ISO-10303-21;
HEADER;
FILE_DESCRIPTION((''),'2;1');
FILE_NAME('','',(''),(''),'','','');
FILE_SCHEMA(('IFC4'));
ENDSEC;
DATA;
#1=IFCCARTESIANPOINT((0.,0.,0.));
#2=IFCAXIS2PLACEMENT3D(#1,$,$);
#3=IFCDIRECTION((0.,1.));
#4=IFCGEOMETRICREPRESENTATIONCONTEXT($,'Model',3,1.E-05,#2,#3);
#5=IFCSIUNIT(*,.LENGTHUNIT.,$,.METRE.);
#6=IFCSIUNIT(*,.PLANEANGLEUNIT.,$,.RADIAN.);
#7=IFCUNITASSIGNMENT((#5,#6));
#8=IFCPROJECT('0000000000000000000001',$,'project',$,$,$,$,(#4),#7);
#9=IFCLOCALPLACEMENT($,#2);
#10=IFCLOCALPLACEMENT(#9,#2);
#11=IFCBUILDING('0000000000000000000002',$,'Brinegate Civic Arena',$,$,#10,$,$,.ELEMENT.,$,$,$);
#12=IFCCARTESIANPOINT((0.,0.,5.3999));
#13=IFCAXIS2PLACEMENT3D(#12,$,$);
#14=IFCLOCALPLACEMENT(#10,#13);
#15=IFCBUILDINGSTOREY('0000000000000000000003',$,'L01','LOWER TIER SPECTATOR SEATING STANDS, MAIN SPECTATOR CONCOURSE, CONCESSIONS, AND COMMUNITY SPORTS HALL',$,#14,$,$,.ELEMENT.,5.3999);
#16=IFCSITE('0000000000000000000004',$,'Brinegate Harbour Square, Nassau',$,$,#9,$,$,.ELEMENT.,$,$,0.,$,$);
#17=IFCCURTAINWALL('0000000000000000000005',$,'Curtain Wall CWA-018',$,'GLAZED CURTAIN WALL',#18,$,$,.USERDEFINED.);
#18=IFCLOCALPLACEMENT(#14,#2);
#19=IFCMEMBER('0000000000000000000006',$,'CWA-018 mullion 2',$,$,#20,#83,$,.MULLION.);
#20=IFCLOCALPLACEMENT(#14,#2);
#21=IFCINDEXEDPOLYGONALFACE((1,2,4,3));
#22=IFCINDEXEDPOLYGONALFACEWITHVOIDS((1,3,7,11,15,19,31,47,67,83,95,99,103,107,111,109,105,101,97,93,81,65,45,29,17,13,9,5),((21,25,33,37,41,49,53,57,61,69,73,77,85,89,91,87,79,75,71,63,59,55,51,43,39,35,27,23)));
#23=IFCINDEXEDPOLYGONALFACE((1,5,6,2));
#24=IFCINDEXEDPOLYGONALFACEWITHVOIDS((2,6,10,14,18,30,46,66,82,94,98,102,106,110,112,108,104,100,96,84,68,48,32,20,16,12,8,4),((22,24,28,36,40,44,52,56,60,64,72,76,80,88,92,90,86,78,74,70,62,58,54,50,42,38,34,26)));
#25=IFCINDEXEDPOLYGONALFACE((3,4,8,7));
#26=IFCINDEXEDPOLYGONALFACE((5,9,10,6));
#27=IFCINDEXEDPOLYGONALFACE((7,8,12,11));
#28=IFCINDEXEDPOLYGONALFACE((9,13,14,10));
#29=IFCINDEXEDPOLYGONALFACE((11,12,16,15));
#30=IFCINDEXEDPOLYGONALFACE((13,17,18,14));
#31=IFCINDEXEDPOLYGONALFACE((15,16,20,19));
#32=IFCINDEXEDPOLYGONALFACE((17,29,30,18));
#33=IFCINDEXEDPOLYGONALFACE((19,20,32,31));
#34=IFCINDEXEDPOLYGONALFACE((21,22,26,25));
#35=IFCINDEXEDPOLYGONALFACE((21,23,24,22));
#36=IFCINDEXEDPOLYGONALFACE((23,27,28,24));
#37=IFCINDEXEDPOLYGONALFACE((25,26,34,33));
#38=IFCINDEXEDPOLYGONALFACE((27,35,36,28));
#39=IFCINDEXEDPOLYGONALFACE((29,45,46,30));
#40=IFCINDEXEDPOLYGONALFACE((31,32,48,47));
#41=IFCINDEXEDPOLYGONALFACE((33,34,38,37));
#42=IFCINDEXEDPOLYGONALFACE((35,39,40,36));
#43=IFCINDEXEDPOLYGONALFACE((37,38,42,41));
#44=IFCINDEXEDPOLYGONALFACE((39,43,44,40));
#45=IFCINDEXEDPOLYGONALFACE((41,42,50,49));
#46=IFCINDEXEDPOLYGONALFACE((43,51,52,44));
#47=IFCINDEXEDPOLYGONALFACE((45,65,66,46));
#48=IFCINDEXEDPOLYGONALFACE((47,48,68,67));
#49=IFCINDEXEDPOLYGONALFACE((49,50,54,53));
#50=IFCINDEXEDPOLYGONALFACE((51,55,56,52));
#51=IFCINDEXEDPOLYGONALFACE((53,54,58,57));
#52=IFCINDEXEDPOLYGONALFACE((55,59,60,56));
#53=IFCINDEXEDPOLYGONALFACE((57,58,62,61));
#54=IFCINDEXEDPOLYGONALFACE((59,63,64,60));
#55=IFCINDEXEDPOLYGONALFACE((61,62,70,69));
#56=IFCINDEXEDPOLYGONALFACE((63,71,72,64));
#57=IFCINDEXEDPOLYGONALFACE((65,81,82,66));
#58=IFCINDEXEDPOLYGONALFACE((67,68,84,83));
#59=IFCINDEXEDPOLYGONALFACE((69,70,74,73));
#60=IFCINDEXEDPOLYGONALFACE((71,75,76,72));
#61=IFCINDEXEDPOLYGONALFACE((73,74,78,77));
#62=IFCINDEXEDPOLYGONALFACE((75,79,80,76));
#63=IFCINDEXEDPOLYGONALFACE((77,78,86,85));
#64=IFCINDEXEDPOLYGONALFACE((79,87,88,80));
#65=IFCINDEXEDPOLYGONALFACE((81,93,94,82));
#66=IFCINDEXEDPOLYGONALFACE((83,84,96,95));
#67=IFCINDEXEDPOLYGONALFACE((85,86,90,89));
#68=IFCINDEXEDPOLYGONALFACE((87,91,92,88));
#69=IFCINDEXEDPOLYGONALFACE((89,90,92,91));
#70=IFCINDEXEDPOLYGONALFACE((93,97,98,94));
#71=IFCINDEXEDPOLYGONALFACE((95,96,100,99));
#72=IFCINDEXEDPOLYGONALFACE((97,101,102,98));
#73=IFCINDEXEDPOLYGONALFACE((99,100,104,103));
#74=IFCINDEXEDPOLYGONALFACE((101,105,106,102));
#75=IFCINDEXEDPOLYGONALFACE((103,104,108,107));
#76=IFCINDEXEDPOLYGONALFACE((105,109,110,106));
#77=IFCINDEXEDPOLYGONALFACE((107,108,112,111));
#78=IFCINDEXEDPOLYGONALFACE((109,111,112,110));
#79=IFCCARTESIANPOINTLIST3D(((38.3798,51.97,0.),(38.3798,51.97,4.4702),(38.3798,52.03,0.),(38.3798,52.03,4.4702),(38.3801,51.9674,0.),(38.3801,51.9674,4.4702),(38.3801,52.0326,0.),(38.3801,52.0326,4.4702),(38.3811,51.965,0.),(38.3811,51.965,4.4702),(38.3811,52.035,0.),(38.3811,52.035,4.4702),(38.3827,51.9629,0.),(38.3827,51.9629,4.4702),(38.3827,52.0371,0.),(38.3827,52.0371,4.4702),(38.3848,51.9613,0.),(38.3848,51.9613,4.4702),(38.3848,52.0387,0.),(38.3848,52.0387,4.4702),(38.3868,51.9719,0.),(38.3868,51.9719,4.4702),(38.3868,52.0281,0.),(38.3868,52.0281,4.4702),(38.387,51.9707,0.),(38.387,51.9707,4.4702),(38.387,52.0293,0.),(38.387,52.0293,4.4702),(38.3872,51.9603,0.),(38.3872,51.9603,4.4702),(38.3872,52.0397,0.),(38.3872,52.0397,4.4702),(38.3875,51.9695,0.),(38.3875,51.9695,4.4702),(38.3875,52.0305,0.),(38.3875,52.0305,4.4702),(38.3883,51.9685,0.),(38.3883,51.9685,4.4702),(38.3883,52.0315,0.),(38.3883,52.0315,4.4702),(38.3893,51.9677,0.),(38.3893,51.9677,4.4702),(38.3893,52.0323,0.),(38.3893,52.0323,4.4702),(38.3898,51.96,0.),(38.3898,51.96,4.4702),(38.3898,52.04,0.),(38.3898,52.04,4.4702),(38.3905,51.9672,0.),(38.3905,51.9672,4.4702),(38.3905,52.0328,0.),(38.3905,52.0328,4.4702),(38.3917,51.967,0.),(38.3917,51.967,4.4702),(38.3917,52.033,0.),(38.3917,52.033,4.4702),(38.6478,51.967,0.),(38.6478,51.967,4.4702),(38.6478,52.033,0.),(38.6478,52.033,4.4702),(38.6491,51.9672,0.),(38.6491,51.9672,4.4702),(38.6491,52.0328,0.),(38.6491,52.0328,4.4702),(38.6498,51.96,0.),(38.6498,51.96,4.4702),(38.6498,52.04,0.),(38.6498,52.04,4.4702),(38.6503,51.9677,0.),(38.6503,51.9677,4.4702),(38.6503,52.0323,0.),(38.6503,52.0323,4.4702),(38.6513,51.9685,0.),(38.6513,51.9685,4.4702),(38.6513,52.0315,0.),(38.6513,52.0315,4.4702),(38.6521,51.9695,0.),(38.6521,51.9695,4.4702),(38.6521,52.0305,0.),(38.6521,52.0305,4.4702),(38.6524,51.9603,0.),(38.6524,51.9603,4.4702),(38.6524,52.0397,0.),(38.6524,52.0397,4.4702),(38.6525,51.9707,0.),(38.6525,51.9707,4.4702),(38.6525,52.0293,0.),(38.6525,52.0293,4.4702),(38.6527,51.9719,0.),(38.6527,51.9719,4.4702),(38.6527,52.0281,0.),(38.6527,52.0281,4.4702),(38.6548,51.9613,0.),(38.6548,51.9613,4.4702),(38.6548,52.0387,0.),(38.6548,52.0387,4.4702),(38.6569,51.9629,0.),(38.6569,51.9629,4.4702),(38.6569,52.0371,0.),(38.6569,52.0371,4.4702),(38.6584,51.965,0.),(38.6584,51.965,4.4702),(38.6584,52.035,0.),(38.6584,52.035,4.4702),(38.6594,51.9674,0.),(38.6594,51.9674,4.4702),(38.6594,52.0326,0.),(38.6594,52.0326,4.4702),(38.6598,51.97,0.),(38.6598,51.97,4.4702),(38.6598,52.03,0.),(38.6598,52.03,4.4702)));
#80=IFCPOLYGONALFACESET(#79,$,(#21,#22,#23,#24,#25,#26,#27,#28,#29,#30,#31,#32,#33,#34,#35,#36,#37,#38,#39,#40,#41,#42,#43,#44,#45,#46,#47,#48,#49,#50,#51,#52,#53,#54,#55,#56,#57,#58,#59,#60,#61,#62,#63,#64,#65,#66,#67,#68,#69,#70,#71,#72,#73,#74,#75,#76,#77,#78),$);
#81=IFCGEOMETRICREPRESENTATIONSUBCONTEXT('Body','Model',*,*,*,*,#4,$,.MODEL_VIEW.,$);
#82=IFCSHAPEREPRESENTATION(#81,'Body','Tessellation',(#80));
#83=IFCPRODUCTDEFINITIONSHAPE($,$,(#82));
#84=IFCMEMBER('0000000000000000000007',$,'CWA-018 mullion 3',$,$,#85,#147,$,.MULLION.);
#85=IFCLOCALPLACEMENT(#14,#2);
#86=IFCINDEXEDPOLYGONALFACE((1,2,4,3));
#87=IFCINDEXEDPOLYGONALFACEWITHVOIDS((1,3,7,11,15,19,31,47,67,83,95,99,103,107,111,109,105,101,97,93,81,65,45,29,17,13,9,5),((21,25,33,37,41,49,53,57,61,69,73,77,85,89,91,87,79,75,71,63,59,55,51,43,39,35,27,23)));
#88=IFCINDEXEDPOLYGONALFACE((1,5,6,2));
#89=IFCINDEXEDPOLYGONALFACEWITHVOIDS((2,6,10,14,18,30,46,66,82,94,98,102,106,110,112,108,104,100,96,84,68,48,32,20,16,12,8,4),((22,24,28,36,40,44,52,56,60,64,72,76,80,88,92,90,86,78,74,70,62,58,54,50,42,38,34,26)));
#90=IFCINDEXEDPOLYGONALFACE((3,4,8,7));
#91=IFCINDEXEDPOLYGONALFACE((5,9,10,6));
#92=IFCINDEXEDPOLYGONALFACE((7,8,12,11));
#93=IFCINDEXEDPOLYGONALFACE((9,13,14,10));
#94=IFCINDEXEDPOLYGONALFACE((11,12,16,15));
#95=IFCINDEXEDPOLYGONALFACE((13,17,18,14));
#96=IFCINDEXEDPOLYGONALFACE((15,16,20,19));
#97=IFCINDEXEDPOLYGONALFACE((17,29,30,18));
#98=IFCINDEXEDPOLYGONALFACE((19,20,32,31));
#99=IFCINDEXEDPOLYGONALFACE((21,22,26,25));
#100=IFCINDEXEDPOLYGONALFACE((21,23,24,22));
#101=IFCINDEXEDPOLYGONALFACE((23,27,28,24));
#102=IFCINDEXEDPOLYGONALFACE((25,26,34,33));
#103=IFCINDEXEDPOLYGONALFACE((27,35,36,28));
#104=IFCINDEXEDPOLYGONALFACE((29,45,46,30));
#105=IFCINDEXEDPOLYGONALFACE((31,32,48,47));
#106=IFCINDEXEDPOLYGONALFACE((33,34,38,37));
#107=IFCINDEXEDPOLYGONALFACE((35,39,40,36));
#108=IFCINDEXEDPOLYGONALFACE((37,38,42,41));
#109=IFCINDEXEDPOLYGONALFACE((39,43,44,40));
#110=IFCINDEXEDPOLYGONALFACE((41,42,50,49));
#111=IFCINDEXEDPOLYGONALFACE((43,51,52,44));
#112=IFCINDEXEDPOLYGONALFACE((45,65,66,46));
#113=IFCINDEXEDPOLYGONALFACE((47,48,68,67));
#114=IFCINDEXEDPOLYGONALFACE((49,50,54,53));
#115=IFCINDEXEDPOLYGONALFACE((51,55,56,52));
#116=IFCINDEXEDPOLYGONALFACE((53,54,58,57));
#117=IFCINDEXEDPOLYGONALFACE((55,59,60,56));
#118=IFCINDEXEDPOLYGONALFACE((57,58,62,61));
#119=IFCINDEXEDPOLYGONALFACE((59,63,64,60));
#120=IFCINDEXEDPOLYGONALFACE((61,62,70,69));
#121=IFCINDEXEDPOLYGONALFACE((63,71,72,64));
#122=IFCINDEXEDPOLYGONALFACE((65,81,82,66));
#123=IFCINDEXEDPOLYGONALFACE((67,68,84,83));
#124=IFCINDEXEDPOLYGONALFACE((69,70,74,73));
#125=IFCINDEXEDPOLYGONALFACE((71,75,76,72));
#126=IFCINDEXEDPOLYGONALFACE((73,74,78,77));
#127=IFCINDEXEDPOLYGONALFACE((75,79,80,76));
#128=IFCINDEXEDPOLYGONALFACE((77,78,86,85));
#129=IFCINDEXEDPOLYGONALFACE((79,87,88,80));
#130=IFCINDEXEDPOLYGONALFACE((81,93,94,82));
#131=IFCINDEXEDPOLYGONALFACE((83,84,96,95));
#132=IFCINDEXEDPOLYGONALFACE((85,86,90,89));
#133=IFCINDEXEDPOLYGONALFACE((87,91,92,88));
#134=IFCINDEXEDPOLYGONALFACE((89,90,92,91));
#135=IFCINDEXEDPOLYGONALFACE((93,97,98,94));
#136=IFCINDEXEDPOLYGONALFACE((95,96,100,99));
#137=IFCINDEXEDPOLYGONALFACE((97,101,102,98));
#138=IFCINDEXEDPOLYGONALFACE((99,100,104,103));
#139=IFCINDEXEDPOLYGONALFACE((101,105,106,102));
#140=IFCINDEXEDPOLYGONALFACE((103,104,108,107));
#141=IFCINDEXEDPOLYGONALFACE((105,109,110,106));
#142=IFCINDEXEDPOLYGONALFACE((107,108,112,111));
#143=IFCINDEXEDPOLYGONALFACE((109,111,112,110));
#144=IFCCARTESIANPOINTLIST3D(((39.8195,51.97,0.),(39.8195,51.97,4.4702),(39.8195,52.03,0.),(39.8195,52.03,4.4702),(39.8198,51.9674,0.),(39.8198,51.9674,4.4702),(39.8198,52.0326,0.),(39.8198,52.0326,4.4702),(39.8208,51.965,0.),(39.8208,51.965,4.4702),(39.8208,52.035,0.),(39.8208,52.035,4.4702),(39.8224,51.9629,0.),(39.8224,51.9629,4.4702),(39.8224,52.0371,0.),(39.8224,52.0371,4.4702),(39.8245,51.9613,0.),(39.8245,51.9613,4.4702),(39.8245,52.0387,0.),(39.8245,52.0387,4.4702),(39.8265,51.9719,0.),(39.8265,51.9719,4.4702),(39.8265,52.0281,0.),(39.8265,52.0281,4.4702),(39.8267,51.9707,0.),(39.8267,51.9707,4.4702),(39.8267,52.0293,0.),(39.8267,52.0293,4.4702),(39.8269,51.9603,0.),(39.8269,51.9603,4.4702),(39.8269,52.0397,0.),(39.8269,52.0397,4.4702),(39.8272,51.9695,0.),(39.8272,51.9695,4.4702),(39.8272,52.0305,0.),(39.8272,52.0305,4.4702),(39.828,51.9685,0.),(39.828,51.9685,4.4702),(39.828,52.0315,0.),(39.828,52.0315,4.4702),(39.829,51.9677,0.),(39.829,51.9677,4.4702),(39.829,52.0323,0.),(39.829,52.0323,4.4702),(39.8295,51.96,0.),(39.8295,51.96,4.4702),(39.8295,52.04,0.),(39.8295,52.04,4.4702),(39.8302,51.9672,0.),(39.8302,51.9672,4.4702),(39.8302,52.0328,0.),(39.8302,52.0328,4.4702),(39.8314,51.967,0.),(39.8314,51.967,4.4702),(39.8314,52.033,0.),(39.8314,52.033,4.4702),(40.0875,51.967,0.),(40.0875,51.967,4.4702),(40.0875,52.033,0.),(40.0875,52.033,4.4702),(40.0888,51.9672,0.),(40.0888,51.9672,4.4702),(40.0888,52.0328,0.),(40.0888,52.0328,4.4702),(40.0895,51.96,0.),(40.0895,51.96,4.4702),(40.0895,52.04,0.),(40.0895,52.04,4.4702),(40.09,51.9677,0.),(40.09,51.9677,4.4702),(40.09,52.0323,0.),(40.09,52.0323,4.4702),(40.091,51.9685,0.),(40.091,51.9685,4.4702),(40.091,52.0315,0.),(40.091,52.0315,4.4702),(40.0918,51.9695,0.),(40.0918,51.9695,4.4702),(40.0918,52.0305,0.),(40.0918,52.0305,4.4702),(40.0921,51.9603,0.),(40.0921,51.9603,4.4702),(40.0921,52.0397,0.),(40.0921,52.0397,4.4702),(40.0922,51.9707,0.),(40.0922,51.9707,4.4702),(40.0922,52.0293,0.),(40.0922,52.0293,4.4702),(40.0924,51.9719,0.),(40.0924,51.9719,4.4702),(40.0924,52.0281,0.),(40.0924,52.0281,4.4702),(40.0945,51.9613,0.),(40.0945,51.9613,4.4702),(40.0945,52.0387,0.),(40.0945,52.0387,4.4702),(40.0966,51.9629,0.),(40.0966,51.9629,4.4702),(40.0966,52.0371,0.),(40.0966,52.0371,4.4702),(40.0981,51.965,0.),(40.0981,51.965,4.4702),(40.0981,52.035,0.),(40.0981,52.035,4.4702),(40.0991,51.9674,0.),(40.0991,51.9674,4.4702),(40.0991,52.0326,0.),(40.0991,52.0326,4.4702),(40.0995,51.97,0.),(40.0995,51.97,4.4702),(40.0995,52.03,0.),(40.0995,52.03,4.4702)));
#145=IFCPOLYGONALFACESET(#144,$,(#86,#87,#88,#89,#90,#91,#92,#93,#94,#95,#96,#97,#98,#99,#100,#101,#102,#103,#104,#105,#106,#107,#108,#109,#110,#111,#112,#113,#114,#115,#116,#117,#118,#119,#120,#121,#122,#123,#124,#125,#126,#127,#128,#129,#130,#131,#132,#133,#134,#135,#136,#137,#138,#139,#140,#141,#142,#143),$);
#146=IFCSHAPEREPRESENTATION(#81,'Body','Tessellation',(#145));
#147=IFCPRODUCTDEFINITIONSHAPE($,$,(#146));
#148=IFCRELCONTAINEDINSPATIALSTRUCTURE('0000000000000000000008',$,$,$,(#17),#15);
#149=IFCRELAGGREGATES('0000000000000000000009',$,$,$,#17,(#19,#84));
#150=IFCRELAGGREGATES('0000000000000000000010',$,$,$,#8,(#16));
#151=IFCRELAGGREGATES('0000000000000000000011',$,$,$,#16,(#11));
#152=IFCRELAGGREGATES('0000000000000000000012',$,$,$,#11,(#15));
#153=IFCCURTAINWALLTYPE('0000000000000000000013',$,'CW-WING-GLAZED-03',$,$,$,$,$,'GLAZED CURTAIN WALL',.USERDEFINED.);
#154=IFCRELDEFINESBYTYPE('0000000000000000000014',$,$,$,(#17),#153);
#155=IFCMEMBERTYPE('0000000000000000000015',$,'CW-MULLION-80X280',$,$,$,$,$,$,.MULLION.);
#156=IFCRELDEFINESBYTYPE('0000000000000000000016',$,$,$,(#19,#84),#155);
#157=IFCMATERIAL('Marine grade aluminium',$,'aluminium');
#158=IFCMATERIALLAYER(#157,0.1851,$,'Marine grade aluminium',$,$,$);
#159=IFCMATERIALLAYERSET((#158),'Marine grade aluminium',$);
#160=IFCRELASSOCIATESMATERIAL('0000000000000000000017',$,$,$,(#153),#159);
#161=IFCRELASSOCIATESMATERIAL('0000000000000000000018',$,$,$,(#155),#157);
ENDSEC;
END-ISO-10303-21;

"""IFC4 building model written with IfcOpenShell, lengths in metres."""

from ifc_helpers import new_model, si_unit, direction, frame, origin, origin_2d, place, context, subcontext, project, spatial, hollow_rectangle, extrude, material, layer, layer_set, material_profile, profile_set, type_object, element, aggregate, save


model = new_model("IFC4")

# Units and contexts
model_context = context("Model", 3, precision=1e-05, world=origin(), true_north=direction((0.0, 1.0)))
body_context = subcontext(model_context, "Body", "Model", "MODEL_VIEW")
ifc_project = project(units=[si_unit("LENGTHUNIT", "METRE"), si_unit("PLANEANGLEUNIT", "RADIAN")], contexts=[model_context])

# Site, building, storey
site_placement = place(None, origin())
site = spatial("IfcSite", under=ifc_project, at=site_placement, Name="Brinegate Harbour Square, Nassau", CompositionType="ELEMENT", RefElevation=0.0)
building_placement = place(site_placement, origin())
building = spatial("IfcBuilding", under=site, at=building_placement, Name="Brinegate Civic Arena", CompositionType="ELEMENT")
storey_placement = place(building_placement, frame((0.0, 0.0, 5.3999)))
storey = spatial("IfcBuildingStorey", under=building, at=storey_placement, Name="L01", Description="LOWER TIER SPECTATOR SEATING STANDS, MAIN SPECTATOR CONCOURSE, CONCESSIONS, AND COMMUNITY SPORTS HALL", CompositionType="ELEMENT", Elevation=5.3999)

# Curtain wall, members
ifc_material_1 = material(Name="Marine grade aluminium", Category="aluminium")
ifc_layer_1 = layer(ifc_material_1, 0.1851, Name="Marine grade aluminium")
ifc_layer_set_1 = layer_set([ifc_layer_1], Name="Marine grade aluminium")
curtain_wall_type = type_object("IfcCurtainWallType", Name="CW-WING-GLAZED-03", ElementType="GLAZED CURTAIN WALL", PredefinedType="USERDEFINED", material=ifc_layer_set_1)
curtain_wall_placement = place(storey_placement, origin())
curtain_wall = element("IfcCurtainWall", 1, at=curtain_wall_placement, inside=storey, type_object=curtain_wall_type, Name="Curtain Wall CWA-018", ObjectType="GLAZED CURTAIN WALL", PredefinedType="USERDEFINED")
ifc_material_profile_1 = material_profile(ifc_material_1, hollow_rectangle(XDim=0.0801, YDim=0.28, WallThickness=0.0071, InnerFilletRadius=0.0049, OuterFilletRadius=0.01, at=origin_2d()), Name="MUL80X280")
ifc_profile_set_1 = profile_set([ifc_material_profile_1], Name="Marine grade aluminium")
member_type_1 = type_object("IfcMemberType", Name="CW-MULLION-80X280", PredefinedType="MULLION", material=ifc_profile_set_1)
member_1_placement = place(storey_placement, frame((38.5198, 52.0, 0.0), z_axis=(0.0, 0.0, 1.0), x_axis=(0.0, 1.0, 0.0)))
member_1 = element("IfcMember", 2, at=member_1_placement, type_object=member_type_1, Name="CWA-018 mullion 2", PredefinedType="MULLION", context=body_context, shape_type="SweptSolid", body=[
    extrude(hollow_rectangle(XDim=0.0801, YDim=0.28, WallThickness=0.0071, InnerFilletRadius=0.0049, OuterFilletRadius=0.01, at=origin_2d()), origin(), (0.0, 0.0, 1.0), 4.4702),
])
member_2_placement = place(storey_placement, frame((39.9595, 52.0, 0.0), z_axis=(0.0, 0.0, 1.0), x_axis=(0.0, 1.0, 0.0)))
member_2 = element("IfcMember", 3, at=member_2_placement, type_object=member_type_1, Name="CWA-018 mullion 3", PredefinedType="MULLION", context=body_context, shape_type="SweptSolid", body=[
    extrude(hollow_rectangle(XDim=0.0801, YDim=0.28, WallThickness=0.0071, InnerFilletRadius=0.0049, OuterFilletRadius=0.01, at=origin_2d()), origin(), (0.0, 0.0, 1.0), 4.4702),
])
aggregate(curtain_wall, [member_1, member_2])

save(model, "model.ifc")
